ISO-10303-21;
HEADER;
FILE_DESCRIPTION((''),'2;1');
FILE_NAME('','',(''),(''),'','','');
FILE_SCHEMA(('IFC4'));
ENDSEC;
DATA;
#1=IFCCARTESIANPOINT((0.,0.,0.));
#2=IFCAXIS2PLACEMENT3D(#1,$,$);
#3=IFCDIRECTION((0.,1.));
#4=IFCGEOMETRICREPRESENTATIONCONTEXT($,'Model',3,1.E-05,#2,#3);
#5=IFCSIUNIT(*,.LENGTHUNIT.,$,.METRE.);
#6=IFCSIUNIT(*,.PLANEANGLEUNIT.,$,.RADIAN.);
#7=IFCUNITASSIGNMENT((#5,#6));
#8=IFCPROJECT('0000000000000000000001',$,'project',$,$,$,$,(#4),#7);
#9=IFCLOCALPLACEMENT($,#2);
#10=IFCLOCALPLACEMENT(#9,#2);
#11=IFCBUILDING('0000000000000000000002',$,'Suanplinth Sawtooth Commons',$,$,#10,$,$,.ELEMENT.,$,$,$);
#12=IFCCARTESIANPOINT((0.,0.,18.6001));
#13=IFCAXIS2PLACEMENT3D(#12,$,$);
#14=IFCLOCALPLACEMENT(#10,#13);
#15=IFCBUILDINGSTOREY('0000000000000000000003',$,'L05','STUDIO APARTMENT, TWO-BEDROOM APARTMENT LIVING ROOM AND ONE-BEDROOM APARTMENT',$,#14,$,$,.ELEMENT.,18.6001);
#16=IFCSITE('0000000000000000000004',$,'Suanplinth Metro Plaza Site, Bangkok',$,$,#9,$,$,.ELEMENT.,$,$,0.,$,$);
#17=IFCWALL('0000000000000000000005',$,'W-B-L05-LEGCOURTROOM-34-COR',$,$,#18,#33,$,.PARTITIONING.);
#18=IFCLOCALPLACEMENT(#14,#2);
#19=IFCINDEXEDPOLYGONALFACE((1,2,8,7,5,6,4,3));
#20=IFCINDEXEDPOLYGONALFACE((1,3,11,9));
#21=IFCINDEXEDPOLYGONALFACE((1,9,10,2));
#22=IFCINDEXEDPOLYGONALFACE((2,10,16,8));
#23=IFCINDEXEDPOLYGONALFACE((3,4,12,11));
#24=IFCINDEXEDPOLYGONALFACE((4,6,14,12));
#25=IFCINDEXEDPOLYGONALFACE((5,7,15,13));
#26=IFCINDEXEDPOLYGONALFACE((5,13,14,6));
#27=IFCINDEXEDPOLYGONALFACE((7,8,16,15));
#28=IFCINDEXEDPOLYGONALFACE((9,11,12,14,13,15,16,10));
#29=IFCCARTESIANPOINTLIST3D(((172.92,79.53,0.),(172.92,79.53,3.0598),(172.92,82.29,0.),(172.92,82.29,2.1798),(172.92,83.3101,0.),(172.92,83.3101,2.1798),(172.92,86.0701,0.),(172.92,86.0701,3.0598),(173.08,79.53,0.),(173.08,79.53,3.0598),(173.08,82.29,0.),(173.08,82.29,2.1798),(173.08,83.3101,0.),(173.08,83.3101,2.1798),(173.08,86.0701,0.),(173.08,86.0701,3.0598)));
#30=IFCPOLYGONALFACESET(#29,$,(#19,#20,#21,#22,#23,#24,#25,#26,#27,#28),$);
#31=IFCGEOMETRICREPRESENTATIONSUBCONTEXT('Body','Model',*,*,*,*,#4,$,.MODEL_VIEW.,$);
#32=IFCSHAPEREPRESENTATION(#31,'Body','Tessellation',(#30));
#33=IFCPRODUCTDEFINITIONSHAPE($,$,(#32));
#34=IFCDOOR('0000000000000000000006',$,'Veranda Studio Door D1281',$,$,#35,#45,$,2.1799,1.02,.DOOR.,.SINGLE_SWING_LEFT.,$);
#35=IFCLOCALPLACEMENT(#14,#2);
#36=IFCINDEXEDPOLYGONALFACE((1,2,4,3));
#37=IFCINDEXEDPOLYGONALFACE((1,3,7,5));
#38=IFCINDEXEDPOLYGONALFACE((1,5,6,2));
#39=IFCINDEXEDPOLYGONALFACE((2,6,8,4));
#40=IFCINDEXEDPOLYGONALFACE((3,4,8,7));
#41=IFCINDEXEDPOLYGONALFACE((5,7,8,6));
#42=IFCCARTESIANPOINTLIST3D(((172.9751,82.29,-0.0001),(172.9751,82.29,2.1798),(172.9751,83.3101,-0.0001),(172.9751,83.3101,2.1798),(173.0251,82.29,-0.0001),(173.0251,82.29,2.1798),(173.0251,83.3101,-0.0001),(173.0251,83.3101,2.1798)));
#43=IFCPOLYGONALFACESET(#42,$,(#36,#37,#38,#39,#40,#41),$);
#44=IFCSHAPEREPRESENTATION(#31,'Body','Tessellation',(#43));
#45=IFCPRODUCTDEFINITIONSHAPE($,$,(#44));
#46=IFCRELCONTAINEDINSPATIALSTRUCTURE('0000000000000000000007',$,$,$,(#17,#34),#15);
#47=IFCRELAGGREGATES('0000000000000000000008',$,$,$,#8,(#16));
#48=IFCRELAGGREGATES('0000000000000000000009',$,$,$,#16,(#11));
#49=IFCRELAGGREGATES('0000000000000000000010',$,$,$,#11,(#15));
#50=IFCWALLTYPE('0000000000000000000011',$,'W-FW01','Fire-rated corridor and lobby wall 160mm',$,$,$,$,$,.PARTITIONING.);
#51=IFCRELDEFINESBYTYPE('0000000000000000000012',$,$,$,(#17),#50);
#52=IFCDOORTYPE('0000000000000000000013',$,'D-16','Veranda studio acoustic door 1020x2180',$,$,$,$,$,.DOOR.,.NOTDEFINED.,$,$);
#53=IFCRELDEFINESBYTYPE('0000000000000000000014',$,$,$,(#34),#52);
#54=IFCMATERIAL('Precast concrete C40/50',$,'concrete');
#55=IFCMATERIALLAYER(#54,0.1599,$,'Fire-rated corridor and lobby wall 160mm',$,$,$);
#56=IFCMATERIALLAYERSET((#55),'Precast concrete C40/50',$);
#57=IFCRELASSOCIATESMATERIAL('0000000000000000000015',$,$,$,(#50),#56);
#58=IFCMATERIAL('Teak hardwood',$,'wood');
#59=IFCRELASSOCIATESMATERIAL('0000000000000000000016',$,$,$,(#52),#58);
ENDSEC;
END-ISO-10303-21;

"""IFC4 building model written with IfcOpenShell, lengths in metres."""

from ifc_helpers import new_model, si_unit, direction, frame, frame_2d, origin, place, context, subcontext, project, spatial, rectangle, extrude, material, layer, layer_set, type_object, element, fill, save


model = new_model("IFC4")

# Units and contexts
model_context = context("Model", 3, precision=1e-05, world=origin(), true_north=direction((0.0, 1.0)))
body_context = subcontext(model_context, "Body", "Model", "MODEL_VIEW")
ifc_project = project(units=[si_unit("LENGTHUNIT", "METRE"), si_unit("PLANEANGLEUNIT", "RADIAN")], contexts=[model_context])

# Site, building, storey
site_placement = place(None, origin())
site = spatial("IfcSite", under=ifc_project, at=site_placement, Name="Suanplinth Metro Plaza Site, Bangkok", CompositionType="ELEMENT", RefElevation=0.0)
building_placement = place(site_placement, origin())
building = spatial("IfcBuilding", under=site, at=building_placement, Name="Suanplinth Sawtooth Commons", CompositionType="ELEMENT")
storey_placement = place(building_placement, frame((0.0, 0.0, 18.6001)))
storey = spatial("IfcBuildingStorey", under=building, at=storey_placement, Name="L05", Description="STUDIO APARTMENT, TWO-BEDROOM APARTMENT LIVING ROOM AND ONE-BEDROOM APARTMENT", CompositionType="ELEMENT", Elevation=18.6001)

# Shared definitions
ifc_material_1 = material(Name="Precast concrete C40/50", Category="concrete")

# Wall, opening, door
ifc_layer_1 = layer(ifc_material_1, 0.1599, Name="Fire-rated corridor and lobby wall 160mm")
ifc_layer_set_1 = layer_set([ifc_layer_1], Name="Precast concrete C40/50")
wall_type_1 = type_object("IfcWallType", Name="W-FW01", Description="Fire-rated corridor and lobby wall 160mm", PredefinedType="PARTITIONING", material=ifc_layer_set_1)
wall_1_placement = place(storey_placement, frame((173.0, 79.53, 0.0), z_axis=(0.0, 0.0, 1.0), x_axis=(0.0, 1.0, 0.0)))
wall_1 = element("IfcWall", 1, at=wall_1_placement, inside=storey, type_object=wall_type_1, Name="W-B-L05-LEGCOURTROOM-34-COR", PredefinedType="PARTITIONING", context=body_context, shape_type="SweptSolid", body=[
    extrude(rectangle(XDim=6.54, YDim=0.1599, at=frame_2d((3.27, 0.0))), origin(), (0.0, 0.0, 1.0), 3.0598),
])
opening_1_placement = place(wall_1_placement, frame((2.76, 0.0, 0.0)))
opening_1 = element("IfcOpeningElement", 2, at=opening_1_placement, cuts=wall_1, PredefinedType="OPENING", context=body_context, shape_type="SweptSolid", body=[
    extrude(rectangle(XDim=1.02, YDim=2.1799, at=frame_2d((0.51, 1.0898))), frame((0.0, 0.0947, 0.0), z_axis=(0.0, -1.0, 0.0), x_axis=(1.0, 0.0, 0.0)), (0.0, 0.0, 1.0), 0.1897),
])
ifc_material_2 = material(Name="Teak hardwood", Category="wood")
door_type_1 = type_object("IfcDoorType", Name="D-16", Description="Veranda studio acoustic door 1020x2180", OperationType="NOTDEFINED", PredefinedType="DOOR", material=ifc_material_2)
door_1_placement = place(opening_1_placement, origin())
door_1 = element("IfcDoor", 3, at=door_1_placement, inside=storey, type_object=door_type_1, Name="Veranda Studio Door D1281", OperationType="SINGLE_SWING_LEFT", OverallHeight=2.1799, OverallWidth=1.02, PredefinedType="DOOR", context=body_context, shape_type="SweptSolid", body=[
    extrude(rectangle(XDim=1.02, YDim=2.1799, at=frame_2d((0.51, 1.0898))), frame((0.0, 0.0249, 0.0), z_axis=(0.0, -1.0, 0.0), x_axis=(1.0, 0.0, 0.0)), (0.0, 0.0, 1.0), 0.05),
])
fill(opening_1, door_1)

save(model, "model.ifc")
